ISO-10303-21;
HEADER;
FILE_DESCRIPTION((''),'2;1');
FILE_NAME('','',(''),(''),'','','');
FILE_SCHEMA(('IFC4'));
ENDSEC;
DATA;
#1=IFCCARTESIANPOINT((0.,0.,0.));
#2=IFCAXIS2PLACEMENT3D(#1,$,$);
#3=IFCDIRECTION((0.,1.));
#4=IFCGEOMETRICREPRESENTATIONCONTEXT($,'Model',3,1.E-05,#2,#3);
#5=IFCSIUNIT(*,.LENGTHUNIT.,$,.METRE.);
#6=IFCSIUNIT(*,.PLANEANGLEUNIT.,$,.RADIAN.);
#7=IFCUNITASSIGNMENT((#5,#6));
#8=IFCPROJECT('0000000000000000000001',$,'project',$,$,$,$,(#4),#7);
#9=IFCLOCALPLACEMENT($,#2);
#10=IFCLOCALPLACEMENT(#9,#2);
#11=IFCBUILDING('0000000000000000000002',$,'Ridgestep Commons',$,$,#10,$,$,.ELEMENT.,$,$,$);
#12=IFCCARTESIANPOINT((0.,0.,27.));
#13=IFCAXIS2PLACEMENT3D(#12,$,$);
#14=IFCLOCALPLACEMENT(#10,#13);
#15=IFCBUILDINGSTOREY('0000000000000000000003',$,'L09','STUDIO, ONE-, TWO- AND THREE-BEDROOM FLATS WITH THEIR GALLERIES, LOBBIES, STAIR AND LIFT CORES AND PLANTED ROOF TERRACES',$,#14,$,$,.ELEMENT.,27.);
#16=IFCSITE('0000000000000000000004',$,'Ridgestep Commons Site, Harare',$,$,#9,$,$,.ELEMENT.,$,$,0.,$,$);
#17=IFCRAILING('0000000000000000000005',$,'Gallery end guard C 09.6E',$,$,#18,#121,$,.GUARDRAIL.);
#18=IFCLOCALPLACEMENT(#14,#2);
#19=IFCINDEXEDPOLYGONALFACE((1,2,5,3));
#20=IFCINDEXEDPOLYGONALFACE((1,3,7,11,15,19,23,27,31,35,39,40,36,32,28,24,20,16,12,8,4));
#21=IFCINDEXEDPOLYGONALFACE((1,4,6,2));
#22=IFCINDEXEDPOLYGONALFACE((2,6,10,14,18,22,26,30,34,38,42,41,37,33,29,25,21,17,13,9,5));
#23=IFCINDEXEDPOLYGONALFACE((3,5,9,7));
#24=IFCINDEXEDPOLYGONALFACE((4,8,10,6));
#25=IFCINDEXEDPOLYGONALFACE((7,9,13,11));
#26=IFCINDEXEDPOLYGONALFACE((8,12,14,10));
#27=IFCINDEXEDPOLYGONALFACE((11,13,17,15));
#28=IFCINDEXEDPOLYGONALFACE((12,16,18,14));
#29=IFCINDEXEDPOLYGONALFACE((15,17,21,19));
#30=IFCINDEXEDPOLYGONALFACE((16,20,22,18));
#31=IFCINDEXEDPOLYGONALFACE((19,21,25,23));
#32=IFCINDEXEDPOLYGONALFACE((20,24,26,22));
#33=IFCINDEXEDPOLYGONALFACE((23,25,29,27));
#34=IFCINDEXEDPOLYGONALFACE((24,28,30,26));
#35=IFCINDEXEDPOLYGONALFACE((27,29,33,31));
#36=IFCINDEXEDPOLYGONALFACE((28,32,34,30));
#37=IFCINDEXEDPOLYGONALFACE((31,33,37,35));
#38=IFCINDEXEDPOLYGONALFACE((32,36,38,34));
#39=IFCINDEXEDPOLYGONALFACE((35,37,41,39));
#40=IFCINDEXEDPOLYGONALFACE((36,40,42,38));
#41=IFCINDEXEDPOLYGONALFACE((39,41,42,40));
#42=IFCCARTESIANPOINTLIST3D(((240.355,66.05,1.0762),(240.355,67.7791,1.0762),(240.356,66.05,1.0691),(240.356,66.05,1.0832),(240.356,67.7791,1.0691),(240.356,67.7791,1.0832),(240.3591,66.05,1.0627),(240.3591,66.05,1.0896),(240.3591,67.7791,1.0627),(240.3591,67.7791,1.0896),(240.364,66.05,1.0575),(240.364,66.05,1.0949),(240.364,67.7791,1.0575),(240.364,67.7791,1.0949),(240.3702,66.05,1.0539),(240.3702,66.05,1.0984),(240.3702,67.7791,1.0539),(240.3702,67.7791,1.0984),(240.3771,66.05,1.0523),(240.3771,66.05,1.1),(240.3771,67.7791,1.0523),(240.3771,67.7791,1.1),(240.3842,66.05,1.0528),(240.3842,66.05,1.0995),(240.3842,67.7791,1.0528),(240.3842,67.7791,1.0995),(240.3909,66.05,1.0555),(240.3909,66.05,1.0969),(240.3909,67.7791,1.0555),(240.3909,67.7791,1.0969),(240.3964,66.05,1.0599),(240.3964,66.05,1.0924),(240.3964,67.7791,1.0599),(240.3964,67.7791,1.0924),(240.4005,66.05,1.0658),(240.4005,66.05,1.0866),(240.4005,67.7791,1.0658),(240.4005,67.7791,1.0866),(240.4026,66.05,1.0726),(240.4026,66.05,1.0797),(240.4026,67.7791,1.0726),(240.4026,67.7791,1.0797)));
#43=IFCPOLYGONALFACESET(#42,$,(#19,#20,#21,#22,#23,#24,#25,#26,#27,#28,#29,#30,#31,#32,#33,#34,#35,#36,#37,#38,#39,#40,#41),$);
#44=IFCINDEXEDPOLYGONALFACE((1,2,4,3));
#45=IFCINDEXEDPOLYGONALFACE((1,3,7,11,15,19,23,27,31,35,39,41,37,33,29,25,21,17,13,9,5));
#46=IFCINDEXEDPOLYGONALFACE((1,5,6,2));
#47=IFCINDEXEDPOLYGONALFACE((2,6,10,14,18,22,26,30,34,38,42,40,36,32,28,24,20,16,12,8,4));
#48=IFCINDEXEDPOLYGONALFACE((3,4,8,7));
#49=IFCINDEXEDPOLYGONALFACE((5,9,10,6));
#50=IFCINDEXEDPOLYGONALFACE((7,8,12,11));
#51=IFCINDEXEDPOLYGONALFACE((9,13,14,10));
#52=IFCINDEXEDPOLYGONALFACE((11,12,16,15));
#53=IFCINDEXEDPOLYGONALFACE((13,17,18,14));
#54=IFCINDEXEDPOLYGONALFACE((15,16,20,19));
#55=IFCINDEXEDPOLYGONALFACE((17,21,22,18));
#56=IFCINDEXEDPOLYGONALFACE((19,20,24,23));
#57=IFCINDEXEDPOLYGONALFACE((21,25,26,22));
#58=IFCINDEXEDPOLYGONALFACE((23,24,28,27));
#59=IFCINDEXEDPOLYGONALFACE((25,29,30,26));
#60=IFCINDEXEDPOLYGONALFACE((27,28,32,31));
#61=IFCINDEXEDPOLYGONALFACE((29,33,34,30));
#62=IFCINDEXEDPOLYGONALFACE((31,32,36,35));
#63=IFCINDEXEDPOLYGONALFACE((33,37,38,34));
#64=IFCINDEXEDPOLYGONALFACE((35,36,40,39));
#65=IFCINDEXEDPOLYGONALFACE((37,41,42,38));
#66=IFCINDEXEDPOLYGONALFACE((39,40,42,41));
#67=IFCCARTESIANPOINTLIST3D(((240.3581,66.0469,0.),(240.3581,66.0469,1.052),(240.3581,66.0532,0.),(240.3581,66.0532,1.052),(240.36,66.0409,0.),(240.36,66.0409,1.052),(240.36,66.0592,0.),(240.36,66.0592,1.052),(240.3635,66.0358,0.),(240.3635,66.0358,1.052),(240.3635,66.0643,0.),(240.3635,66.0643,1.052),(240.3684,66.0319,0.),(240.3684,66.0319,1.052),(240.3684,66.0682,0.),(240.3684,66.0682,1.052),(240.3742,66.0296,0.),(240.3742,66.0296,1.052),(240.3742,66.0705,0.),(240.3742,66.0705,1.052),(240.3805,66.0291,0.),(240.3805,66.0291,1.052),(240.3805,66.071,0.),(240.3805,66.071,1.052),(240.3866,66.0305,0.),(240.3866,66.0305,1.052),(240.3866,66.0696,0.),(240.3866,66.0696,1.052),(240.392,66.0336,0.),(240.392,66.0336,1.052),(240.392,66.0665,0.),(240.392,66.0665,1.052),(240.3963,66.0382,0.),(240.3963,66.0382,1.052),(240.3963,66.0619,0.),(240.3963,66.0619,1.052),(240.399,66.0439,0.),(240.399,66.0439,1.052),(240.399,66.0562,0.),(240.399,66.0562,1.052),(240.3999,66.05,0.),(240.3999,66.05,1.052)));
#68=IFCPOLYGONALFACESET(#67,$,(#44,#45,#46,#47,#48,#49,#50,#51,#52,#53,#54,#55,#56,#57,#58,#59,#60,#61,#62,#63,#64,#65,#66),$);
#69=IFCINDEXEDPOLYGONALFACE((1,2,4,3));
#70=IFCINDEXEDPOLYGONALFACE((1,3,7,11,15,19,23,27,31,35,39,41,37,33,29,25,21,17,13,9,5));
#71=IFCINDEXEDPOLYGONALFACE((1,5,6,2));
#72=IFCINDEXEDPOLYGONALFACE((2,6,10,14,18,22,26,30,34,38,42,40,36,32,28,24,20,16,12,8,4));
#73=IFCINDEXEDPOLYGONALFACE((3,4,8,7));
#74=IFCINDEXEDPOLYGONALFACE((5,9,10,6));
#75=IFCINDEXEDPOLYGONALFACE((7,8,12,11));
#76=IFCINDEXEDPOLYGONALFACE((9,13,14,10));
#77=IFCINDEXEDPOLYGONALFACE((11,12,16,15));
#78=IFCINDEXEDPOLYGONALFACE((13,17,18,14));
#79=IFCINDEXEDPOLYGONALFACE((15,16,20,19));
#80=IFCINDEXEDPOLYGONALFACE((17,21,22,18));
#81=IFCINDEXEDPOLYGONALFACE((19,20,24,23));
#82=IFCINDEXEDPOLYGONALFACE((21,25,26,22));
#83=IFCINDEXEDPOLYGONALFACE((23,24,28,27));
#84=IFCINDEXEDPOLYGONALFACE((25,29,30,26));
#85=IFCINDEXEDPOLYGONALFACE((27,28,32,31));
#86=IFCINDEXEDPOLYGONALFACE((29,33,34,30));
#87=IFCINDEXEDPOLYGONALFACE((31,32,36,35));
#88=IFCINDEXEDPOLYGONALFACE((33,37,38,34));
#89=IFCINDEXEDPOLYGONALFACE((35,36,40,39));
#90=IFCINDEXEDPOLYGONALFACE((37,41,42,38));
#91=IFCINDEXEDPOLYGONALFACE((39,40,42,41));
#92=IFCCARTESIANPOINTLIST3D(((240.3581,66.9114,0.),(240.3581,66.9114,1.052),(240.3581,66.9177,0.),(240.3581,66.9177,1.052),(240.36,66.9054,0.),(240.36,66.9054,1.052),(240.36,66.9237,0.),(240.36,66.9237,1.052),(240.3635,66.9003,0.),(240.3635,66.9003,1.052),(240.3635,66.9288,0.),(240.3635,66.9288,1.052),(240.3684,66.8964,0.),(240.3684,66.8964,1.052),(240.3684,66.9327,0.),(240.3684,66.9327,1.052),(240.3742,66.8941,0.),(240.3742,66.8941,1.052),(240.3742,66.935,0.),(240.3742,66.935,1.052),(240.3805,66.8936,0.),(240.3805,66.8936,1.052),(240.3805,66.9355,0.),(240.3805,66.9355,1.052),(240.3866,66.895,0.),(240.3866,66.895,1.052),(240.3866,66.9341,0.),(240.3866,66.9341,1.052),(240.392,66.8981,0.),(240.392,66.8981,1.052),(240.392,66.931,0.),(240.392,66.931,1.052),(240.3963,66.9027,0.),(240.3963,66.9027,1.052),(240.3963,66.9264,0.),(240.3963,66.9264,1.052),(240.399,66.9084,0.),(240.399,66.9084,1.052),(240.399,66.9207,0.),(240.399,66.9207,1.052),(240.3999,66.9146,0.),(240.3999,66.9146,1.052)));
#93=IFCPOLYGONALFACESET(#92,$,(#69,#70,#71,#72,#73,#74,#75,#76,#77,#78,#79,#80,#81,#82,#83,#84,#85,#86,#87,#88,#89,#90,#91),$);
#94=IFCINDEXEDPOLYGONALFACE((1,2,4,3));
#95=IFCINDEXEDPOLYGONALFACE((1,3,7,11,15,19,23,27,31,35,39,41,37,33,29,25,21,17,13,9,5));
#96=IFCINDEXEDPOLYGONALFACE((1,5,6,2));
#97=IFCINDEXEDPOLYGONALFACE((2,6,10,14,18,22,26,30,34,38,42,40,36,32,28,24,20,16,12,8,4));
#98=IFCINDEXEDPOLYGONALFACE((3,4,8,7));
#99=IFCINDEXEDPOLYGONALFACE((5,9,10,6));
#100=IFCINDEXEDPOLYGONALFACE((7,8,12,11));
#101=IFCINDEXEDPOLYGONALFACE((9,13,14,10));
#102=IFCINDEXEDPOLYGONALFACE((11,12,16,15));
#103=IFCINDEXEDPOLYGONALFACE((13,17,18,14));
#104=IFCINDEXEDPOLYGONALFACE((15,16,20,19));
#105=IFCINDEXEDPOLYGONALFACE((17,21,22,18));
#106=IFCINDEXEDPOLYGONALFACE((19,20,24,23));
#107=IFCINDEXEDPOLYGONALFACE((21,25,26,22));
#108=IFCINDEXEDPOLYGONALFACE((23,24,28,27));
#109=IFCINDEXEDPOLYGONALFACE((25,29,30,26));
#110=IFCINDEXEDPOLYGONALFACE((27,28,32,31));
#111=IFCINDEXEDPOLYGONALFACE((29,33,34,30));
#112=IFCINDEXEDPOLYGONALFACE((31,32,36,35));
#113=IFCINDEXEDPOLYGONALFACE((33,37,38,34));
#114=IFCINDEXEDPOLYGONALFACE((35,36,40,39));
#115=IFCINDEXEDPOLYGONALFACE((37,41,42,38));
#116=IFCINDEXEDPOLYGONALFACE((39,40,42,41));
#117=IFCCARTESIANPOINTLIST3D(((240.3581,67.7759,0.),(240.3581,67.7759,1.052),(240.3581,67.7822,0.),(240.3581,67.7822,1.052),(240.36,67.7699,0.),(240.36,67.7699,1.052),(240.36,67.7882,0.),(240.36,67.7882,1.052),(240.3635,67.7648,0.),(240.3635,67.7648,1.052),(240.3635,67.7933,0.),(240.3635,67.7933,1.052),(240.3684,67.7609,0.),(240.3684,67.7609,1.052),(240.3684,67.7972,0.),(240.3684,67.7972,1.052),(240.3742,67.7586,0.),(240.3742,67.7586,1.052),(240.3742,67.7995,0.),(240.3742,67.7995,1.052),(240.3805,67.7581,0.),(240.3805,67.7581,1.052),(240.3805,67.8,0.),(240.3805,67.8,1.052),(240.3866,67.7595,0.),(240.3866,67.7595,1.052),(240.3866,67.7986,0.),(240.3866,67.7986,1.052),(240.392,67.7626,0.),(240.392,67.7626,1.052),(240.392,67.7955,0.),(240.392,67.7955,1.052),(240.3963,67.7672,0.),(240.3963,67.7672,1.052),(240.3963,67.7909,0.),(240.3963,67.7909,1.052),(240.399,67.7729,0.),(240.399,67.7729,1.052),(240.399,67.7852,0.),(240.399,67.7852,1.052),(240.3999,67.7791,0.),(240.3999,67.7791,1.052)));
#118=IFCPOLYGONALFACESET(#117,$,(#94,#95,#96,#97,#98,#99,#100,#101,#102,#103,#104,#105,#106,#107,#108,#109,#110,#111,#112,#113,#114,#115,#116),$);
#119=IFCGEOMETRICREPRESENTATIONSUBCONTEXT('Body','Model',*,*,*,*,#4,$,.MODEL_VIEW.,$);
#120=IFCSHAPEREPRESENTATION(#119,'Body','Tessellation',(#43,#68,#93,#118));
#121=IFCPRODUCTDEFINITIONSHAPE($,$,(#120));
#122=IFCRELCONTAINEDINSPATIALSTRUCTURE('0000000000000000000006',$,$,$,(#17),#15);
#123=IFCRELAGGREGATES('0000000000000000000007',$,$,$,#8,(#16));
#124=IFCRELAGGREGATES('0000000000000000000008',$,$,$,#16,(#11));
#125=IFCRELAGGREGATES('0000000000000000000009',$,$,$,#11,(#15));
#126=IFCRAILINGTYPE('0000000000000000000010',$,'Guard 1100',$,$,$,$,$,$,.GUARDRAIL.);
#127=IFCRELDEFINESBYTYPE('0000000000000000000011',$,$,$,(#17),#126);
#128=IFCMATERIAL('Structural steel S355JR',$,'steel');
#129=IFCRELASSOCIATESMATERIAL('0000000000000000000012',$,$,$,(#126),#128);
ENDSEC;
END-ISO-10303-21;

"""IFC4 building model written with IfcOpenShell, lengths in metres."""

from ifc_helpers import new_model, si_unit, direction, frame, origin, origin_2d, place, context, subcontext, project, spatial, circle, extrude, material, type_object, element, save


model = new_model("IFC4")

# Units and contexts
model_context = context("Model", 3, precision=1e-05, world=origin(), true_north=direction((0.0, 1.0)))
body_context = subcontext(model_context, "Body", "Model", "MODEL_VIEW")
ifc_project = project(units=[si_unit("LENGTHUNIT", "METRE"), si_unit("PLANEANGLEUNIT", "RADIAN")], contexts=[model_context])

# Site, building, storey
site_placement = place(None, origin())
site = spatial("IfcSite", under=ifc_project, at=site_placement, Name="Ridgestep Commons Site, Harare", CompositionType="ELEMENT", RefElevation=0.0)
building_placement = place(site_placement, origin())
building = spatial("IfcBuilding", under=site, at=building_placement, Name="Ridgestep Commons", CompositionType="ELEMENT")
storey_placement = place(building_placement, frame((0.0, 0.0, 27.0)))
storey = spatial("IfcBuildingStorey", under=building, at=storey_placement, Name="L09", Description="STUDIO, ONE-, TWO- AND THREE-BEDROOM FLATS WITH THEIR GALLERIES, LOBBIES, STAIR AND LIFT CORES AND PLANTED ROOF TERRACES", CompositionType="ELEMENT", Elevation=27.0)

# Railing
ifc_material_1 = material(Name="Structural steel S355JR", Category="steel")
railing_type = type_object("IfcRailingType", Name="Guard 1100", PredefinedType="GUARDRAIL", material=ifc_material_1)
railing_1_placement = place(storey_placement, frame((240.3789, 66.05, 0.0)))
element("IfcRailing", 1, at=railing_1_placement, inside=storey, type_object=railing_type, Name="Gallery end guard C 09.6E", PredefinedType="GUARDRAIL", context=body_context, shape_type="SweptSolid", body=[
    extrude(circle(Radius=0.0239, at=origin_2d()), frame((0.0, 0.0, 1.0762), z_axis=(0.0, 1.0, 0.0), x_axis=(-1.0, 0.0, 0.0)), (0.0, 0.0, 1.0), 1.729),
    extrude(circle(Radius=0.021, at=origin_2d()), origin(), (0.0, 0.0, 1.0), 1.052),
    extrude(circle(Radius=0.021, at=origin_2d()), frame((0.0, 0.8645, 0.0)), (0.0, 0.0, 1.0), 1.052),
    extrude(circle(Radius=0.021, at=origin_2d()), frame((0.0, 1.729, 0.0)), (0.0, 0.0, 1.0), 1.052),
])

save(model, "model.ifc")
